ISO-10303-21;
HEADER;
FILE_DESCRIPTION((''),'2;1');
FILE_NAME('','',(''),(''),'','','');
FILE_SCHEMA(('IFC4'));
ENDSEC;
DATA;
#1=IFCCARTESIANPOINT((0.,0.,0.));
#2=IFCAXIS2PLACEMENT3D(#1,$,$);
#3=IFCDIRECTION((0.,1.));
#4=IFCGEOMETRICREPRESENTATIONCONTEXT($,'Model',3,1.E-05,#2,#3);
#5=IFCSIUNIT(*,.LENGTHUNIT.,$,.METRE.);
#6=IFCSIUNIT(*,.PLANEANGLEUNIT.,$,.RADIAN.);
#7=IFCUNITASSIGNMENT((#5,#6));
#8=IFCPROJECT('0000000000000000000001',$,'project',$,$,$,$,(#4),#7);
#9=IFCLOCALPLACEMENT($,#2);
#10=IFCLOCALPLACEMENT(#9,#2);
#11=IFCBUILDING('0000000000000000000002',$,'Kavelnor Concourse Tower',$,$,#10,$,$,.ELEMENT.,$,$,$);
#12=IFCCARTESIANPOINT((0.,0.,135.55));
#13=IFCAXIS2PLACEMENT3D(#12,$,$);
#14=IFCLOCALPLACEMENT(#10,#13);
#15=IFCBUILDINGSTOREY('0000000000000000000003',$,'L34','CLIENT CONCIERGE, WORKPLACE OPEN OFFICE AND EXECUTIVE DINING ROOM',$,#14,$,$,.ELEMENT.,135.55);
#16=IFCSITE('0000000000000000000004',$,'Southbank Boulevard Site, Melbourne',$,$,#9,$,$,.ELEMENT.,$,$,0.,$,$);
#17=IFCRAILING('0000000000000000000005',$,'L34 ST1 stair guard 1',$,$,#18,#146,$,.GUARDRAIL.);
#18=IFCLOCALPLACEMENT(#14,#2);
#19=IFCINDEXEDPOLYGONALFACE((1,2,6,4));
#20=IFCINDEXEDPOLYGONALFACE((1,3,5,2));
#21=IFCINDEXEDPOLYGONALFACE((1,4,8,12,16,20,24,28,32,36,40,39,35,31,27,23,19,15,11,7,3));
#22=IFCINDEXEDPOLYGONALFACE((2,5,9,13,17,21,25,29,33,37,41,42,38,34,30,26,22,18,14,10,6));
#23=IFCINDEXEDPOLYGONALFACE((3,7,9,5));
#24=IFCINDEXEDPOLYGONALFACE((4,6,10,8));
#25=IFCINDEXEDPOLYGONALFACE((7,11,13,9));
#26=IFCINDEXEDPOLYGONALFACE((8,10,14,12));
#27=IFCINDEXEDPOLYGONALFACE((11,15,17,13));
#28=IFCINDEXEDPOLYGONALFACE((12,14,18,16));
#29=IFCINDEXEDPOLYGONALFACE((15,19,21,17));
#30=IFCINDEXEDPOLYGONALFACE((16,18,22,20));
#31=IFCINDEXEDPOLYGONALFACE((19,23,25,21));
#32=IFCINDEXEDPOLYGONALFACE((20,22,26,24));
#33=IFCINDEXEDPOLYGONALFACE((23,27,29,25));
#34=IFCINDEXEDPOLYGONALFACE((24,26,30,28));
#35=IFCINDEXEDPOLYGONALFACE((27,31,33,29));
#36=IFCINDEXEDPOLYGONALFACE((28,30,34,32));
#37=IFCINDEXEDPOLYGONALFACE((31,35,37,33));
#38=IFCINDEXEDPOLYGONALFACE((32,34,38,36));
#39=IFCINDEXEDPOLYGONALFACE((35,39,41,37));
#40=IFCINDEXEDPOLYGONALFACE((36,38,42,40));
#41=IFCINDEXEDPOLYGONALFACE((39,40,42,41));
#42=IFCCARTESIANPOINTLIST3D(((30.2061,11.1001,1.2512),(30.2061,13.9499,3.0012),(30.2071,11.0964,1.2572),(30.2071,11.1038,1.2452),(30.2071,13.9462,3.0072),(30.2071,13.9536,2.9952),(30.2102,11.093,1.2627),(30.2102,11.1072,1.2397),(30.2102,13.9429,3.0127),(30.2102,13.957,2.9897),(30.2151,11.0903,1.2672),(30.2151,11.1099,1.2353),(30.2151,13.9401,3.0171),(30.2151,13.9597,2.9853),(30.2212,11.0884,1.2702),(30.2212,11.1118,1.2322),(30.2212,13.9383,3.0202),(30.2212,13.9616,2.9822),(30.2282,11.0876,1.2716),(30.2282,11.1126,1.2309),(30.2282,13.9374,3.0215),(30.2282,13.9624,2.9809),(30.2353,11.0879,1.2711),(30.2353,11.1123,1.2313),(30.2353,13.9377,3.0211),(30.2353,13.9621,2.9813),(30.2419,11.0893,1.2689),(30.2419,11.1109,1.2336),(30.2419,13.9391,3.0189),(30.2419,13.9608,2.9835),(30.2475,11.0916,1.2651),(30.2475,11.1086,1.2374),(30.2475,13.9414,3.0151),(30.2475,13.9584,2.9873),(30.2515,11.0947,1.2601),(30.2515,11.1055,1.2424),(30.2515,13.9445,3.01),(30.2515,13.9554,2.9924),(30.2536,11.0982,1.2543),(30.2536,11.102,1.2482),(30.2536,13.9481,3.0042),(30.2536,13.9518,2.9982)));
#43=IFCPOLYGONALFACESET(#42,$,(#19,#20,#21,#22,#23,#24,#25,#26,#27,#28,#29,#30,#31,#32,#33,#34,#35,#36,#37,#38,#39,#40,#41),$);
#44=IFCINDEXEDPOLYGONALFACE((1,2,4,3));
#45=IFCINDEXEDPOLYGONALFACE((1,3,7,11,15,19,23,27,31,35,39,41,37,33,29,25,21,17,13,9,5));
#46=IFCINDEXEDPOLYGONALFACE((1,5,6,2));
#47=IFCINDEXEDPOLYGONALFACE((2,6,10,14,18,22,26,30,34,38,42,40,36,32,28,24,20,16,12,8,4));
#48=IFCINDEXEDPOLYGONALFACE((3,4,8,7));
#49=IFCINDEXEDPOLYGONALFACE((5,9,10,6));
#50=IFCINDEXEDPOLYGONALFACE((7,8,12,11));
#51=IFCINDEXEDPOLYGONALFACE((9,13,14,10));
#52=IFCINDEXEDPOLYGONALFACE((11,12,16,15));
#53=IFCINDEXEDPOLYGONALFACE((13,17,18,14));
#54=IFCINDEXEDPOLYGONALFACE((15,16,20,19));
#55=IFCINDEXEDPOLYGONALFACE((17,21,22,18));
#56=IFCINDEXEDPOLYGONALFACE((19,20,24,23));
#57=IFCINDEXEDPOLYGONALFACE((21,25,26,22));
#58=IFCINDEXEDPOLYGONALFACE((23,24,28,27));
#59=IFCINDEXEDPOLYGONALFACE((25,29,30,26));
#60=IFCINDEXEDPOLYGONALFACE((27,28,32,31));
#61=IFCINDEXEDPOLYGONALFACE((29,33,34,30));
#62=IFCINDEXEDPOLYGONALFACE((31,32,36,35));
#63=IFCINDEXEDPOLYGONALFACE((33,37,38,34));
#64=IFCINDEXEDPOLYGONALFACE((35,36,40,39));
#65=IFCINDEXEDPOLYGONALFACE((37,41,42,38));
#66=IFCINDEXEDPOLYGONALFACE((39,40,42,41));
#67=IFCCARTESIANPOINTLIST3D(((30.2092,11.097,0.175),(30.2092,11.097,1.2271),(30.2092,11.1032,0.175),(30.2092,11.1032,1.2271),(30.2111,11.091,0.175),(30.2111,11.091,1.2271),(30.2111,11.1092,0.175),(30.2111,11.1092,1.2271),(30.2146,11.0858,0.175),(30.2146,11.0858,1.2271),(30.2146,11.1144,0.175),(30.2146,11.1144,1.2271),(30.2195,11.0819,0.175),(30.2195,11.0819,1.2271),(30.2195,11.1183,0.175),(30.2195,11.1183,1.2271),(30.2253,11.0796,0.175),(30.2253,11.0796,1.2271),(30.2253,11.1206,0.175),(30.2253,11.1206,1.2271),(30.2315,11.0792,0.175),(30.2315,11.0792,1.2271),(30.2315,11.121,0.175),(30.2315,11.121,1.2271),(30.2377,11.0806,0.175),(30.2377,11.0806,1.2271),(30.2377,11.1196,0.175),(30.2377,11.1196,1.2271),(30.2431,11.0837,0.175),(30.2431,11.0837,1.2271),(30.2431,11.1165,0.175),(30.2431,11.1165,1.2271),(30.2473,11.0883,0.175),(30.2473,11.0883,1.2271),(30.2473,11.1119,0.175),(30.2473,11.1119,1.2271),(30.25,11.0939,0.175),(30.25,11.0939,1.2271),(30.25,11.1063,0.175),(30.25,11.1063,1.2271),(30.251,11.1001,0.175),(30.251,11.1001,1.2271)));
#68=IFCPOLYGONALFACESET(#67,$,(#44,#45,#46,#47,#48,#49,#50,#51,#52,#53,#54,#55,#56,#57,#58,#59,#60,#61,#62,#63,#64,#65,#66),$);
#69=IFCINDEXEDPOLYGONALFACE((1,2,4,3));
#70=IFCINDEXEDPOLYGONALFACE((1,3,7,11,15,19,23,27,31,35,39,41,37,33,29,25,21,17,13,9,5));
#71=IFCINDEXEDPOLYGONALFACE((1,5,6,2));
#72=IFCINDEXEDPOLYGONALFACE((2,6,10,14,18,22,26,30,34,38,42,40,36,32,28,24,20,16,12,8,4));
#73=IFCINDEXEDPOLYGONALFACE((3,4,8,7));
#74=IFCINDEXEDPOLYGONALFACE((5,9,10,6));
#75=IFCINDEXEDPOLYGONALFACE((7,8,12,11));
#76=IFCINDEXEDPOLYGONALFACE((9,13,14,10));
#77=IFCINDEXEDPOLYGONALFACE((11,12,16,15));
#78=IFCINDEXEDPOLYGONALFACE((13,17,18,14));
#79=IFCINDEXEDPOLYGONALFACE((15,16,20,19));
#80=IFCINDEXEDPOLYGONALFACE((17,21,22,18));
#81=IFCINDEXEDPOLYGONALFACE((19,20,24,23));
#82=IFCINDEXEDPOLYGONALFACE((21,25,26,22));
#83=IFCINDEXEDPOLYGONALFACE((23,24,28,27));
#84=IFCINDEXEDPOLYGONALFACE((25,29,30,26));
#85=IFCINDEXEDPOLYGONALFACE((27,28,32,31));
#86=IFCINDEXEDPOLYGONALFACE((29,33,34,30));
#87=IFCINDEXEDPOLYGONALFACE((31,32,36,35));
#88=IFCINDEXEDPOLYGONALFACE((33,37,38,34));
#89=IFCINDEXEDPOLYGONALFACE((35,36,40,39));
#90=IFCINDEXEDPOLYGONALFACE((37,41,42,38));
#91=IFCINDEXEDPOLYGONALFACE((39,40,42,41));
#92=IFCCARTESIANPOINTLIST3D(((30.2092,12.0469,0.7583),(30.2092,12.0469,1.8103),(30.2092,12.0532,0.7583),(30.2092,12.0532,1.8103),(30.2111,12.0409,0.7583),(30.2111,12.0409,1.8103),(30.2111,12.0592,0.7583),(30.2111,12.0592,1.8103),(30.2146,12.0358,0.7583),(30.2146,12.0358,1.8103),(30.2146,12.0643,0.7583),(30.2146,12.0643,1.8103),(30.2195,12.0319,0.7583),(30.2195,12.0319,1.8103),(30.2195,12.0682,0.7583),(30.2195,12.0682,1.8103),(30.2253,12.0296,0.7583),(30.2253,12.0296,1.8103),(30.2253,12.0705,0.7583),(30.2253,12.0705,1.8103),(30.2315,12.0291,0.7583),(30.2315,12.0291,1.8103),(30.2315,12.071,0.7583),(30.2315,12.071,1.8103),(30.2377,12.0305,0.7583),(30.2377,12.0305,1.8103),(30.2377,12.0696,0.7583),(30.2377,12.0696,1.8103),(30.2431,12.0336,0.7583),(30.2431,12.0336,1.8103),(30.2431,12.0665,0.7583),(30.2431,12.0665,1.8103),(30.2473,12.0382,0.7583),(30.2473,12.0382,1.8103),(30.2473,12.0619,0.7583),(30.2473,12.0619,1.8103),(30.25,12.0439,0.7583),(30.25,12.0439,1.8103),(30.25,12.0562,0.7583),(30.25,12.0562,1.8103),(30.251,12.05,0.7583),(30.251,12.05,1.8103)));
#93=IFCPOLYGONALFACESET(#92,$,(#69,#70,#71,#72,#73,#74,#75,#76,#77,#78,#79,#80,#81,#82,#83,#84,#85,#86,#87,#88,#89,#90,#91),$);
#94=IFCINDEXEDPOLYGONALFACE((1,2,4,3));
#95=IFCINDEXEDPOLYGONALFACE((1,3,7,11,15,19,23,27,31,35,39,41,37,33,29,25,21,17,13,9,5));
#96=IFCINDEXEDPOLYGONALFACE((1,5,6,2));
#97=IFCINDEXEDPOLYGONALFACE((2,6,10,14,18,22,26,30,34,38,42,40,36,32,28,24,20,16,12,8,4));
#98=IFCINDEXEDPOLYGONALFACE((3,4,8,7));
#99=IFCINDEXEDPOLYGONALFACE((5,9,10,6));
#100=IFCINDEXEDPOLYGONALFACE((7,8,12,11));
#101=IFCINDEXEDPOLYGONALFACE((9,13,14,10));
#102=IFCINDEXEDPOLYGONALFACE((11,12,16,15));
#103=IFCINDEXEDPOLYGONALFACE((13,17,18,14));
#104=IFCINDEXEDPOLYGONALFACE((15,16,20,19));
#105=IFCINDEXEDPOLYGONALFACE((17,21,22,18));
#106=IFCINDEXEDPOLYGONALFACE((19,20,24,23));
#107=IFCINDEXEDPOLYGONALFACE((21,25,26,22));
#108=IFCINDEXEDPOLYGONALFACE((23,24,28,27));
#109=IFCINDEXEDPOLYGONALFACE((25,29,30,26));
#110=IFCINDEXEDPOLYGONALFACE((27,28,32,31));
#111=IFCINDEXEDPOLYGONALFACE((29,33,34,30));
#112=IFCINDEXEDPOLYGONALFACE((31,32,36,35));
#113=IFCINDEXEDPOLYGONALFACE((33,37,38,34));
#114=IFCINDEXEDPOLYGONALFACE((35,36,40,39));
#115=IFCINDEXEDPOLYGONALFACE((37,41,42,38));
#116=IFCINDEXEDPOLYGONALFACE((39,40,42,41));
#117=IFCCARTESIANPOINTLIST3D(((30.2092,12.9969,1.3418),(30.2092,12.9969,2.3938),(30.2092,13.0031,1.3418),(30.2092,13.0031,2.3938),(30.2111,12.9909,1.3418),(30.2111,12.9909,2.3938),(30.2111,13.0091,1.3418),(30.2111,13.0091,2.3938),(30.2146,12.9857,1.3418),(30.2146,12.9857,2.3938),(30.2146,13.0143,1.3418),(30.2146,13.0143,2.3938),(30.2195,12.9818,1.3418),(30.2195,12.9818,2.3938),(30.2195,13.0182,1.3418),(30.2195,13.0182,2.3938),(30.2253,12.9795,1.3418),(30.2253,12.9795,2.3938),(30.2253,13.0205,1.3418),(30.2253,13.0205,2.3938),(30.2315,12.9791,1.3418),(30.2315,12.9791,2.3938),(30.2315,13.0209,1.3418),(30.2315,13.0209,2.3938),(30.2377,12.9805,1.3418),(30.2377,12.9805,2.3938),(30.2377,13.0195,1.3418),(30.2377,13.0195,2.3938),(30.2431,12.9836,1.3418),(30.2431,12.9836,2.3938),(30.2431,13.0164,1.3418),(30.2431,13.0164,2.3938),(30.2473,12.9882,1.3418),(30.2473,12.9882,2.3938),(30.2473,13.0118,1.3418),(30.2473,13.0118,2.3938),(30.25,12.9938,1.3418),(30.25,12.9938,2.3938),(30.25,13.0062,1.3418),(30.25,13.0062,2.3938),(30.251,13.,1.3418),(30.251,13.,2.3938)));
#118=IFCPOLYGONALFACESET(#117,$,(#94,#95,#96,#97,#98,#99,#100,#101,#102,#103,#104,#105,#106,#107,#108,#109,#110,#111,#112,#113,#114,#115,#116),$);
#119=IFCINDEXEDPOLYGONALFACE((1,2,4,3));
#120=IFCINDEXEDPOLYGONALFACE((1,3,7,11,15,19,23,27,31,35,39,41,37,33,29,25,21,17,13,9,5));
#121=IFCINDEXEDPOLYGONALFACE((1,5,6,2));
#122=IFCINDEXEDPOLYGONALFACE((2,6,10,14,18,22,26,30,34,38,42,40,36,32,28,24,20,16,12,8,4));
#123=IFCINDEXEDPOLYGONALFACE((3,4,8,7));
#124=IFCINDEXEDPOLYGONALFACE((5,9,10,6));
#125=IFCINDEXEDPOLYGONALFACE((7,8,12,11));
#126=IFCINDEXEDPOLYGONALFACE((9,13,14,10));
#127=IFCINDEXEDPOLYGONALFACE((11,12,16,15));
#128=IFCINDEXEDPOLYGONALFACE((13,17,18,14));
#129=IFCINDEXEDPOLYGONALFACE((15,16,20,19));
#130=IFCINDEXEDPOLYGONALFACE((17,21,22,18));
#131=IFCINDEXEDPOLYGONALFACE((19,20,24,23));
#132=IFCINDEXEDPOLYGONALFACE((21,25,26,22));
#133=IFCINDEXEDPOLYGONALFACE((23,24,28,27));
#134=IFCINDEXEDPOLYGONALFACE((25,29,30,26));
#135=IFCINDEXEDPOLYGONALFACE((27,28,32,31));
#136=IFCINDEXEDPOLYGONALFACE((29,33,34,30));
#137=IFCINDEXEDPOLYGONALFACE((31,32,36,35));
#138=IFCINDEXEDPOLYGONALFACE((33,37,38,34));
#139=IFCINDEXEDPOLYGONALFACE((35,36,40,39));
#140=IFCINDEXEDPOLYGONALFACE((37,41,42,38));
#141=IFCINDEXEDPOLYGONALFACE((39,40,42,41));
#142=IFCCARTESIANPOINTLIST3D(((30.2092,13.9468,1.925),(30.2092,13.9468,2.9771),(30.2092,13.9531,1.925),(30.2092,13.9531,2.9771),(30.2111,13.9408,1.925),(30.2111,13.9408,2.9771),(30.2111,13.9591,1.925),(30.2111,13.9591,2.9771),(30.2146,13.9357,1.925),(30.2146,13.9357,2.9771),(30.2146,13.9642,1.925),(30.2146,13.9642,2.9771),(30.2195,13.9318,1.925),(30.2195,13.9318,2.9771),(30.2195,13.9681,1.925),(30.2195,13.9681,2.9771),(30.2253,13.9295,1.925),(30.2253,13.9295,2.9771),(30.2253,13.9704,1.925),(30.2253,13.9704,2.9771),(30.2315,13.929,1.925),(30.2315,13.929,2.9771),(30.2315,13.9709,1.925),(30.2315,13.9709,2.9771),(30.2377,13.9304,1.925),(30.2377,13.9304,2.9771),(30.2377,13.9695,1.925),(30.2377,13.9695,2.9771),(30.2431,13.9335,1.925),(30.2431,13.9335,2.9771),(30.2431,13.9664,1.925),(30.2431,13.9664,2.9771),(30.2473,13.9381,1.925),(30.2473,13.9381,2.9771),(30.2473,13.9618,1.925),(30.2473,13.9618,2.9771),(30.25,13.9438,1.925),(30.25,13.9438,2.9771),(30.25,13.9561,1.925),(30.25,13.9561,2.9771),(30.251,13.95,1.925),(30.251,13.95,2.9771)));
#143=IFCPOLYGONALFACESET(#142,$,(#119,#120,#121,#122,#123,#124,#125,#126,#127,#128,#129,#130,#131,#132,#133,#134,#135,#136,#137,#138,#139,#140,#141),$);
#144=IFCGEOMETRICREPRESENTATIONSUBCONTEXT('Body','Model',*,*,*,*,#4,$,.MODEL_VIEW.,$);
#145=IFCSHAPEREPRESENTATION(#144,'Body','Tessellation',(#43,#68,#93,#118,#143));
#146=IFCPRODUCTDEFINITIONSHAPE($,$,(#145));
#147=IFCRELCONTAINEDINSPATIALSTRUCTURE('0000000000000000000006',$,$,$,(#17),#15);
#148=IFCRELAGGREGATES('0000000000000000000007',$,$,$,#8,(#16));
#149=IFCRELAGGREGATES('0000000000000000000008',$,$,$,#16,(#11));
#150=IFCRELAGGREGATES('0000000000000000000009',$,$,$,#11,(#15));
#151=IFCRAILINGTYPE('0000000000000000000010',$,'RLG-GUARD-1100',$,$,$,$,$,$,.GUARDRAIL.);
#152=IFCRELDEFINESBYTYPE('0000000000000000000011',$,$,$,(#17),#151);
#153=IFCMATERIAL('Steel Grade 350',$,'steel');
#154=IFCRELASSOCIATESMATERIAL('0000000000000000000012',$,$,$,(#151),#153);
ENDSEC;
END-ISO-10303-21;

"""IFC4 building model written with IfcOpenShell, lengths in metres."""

from ifc_helpers import new_model, si_unit, direction, frame, origin, origin_2d, place, context, subcontext, project, spatial, circle, extrude, material, type_object, element, save


model = new_model("IFC4")

# Units and contexts
model_context = context("Model", 3, precision=1e-05, world=origin(), true_north=direction((0.0, 1.0)))
body_context = subcontext(model_context, "Body", "Model", "MODEL_VIEW")
ifc_project = project(units=[si_unit("LENGTHUNIT", "METRE"), si_unit("PLANEANGLEUNIT", "RADIAN")], contexts=[model_context])

# Site, building, storey
site_placement = place(None, origin())
site = spatial("IfcSite", under=ifc_project, at=site_placement, Name="Southbank Boulevard Site, Melbourne", CompositionType="ELEMENT", RefElevation=0.0)
building_placement = place(site_placement, origin())
building = spatial("IfcBuilding", under=site, at=building_placement, Name="Kavelnor Concourse Tower", CompositionType="ELEMENT")
storey_placement = place(building_placement, frame((0.0, 0.0, 135.55)))
storey = spatial("IfcBuildingStorey", under=building, at=storey_placement, Name="L34", Description="CLIENT CONCIERGE, WORKPLACE OPEN OFFICE AND EXECUTIVE DINING ROOM", CompositionType="ELEMENT", Elevation=135.55)

# Shared definitions
ifc_material_1 = material(Name="Steel Grade 350", Category="steel")

# Railing
railing_type_1 = type_object("IfcRailingType", Name="RLG-GUARD-1100", PredefinedType="GUARDRAIL", material=ifc_material_1)
railing_1_placement = place(storey_placement, frame((30.23, 11.1001, 0.175)))
element("IfcRailing", 1, at=railing_1_placement, inside=storey, type_object=railing_type_1, Name="L34 ST1 stair guard 1", PredefinedType="GUARDRAIL", context=body_context, shape_type="SweptSolid", body=[
    extrude(circle(Radius=0.0239, at=origin_2d()), frame((0.0, 0.0, 1.0762), z_axis=(0.0, 0.852159, 0.523283), x_axis=(-1.0, 0.0, 0.0)), (0.0, 0.0, 1.0), 3.3442),
    extrude(circle(Radius=0.021, at=origin_2d()), origin(), (0.0, 0.0, 1.0), 1.052),
    extrude(circle(Radius=0.021, at=origin_2d()), frame((0.0, 0.95, 0.5833)), (0.0, 0.0, 1.0), 1.052),
    extrude(circle(Radius=0.021, at=origin_2d()), frame((0.0, 1.8999, 1.1667)), (0.0, 0.0, 1.0), 1.052),
    extrude(circle(Radius=0.021, at=origin_2d()), frame((0.0, 2.8499, 1.75)), (0.0, 0.0, 1.0), 1.052),
])

save(model, "model.ifc")
